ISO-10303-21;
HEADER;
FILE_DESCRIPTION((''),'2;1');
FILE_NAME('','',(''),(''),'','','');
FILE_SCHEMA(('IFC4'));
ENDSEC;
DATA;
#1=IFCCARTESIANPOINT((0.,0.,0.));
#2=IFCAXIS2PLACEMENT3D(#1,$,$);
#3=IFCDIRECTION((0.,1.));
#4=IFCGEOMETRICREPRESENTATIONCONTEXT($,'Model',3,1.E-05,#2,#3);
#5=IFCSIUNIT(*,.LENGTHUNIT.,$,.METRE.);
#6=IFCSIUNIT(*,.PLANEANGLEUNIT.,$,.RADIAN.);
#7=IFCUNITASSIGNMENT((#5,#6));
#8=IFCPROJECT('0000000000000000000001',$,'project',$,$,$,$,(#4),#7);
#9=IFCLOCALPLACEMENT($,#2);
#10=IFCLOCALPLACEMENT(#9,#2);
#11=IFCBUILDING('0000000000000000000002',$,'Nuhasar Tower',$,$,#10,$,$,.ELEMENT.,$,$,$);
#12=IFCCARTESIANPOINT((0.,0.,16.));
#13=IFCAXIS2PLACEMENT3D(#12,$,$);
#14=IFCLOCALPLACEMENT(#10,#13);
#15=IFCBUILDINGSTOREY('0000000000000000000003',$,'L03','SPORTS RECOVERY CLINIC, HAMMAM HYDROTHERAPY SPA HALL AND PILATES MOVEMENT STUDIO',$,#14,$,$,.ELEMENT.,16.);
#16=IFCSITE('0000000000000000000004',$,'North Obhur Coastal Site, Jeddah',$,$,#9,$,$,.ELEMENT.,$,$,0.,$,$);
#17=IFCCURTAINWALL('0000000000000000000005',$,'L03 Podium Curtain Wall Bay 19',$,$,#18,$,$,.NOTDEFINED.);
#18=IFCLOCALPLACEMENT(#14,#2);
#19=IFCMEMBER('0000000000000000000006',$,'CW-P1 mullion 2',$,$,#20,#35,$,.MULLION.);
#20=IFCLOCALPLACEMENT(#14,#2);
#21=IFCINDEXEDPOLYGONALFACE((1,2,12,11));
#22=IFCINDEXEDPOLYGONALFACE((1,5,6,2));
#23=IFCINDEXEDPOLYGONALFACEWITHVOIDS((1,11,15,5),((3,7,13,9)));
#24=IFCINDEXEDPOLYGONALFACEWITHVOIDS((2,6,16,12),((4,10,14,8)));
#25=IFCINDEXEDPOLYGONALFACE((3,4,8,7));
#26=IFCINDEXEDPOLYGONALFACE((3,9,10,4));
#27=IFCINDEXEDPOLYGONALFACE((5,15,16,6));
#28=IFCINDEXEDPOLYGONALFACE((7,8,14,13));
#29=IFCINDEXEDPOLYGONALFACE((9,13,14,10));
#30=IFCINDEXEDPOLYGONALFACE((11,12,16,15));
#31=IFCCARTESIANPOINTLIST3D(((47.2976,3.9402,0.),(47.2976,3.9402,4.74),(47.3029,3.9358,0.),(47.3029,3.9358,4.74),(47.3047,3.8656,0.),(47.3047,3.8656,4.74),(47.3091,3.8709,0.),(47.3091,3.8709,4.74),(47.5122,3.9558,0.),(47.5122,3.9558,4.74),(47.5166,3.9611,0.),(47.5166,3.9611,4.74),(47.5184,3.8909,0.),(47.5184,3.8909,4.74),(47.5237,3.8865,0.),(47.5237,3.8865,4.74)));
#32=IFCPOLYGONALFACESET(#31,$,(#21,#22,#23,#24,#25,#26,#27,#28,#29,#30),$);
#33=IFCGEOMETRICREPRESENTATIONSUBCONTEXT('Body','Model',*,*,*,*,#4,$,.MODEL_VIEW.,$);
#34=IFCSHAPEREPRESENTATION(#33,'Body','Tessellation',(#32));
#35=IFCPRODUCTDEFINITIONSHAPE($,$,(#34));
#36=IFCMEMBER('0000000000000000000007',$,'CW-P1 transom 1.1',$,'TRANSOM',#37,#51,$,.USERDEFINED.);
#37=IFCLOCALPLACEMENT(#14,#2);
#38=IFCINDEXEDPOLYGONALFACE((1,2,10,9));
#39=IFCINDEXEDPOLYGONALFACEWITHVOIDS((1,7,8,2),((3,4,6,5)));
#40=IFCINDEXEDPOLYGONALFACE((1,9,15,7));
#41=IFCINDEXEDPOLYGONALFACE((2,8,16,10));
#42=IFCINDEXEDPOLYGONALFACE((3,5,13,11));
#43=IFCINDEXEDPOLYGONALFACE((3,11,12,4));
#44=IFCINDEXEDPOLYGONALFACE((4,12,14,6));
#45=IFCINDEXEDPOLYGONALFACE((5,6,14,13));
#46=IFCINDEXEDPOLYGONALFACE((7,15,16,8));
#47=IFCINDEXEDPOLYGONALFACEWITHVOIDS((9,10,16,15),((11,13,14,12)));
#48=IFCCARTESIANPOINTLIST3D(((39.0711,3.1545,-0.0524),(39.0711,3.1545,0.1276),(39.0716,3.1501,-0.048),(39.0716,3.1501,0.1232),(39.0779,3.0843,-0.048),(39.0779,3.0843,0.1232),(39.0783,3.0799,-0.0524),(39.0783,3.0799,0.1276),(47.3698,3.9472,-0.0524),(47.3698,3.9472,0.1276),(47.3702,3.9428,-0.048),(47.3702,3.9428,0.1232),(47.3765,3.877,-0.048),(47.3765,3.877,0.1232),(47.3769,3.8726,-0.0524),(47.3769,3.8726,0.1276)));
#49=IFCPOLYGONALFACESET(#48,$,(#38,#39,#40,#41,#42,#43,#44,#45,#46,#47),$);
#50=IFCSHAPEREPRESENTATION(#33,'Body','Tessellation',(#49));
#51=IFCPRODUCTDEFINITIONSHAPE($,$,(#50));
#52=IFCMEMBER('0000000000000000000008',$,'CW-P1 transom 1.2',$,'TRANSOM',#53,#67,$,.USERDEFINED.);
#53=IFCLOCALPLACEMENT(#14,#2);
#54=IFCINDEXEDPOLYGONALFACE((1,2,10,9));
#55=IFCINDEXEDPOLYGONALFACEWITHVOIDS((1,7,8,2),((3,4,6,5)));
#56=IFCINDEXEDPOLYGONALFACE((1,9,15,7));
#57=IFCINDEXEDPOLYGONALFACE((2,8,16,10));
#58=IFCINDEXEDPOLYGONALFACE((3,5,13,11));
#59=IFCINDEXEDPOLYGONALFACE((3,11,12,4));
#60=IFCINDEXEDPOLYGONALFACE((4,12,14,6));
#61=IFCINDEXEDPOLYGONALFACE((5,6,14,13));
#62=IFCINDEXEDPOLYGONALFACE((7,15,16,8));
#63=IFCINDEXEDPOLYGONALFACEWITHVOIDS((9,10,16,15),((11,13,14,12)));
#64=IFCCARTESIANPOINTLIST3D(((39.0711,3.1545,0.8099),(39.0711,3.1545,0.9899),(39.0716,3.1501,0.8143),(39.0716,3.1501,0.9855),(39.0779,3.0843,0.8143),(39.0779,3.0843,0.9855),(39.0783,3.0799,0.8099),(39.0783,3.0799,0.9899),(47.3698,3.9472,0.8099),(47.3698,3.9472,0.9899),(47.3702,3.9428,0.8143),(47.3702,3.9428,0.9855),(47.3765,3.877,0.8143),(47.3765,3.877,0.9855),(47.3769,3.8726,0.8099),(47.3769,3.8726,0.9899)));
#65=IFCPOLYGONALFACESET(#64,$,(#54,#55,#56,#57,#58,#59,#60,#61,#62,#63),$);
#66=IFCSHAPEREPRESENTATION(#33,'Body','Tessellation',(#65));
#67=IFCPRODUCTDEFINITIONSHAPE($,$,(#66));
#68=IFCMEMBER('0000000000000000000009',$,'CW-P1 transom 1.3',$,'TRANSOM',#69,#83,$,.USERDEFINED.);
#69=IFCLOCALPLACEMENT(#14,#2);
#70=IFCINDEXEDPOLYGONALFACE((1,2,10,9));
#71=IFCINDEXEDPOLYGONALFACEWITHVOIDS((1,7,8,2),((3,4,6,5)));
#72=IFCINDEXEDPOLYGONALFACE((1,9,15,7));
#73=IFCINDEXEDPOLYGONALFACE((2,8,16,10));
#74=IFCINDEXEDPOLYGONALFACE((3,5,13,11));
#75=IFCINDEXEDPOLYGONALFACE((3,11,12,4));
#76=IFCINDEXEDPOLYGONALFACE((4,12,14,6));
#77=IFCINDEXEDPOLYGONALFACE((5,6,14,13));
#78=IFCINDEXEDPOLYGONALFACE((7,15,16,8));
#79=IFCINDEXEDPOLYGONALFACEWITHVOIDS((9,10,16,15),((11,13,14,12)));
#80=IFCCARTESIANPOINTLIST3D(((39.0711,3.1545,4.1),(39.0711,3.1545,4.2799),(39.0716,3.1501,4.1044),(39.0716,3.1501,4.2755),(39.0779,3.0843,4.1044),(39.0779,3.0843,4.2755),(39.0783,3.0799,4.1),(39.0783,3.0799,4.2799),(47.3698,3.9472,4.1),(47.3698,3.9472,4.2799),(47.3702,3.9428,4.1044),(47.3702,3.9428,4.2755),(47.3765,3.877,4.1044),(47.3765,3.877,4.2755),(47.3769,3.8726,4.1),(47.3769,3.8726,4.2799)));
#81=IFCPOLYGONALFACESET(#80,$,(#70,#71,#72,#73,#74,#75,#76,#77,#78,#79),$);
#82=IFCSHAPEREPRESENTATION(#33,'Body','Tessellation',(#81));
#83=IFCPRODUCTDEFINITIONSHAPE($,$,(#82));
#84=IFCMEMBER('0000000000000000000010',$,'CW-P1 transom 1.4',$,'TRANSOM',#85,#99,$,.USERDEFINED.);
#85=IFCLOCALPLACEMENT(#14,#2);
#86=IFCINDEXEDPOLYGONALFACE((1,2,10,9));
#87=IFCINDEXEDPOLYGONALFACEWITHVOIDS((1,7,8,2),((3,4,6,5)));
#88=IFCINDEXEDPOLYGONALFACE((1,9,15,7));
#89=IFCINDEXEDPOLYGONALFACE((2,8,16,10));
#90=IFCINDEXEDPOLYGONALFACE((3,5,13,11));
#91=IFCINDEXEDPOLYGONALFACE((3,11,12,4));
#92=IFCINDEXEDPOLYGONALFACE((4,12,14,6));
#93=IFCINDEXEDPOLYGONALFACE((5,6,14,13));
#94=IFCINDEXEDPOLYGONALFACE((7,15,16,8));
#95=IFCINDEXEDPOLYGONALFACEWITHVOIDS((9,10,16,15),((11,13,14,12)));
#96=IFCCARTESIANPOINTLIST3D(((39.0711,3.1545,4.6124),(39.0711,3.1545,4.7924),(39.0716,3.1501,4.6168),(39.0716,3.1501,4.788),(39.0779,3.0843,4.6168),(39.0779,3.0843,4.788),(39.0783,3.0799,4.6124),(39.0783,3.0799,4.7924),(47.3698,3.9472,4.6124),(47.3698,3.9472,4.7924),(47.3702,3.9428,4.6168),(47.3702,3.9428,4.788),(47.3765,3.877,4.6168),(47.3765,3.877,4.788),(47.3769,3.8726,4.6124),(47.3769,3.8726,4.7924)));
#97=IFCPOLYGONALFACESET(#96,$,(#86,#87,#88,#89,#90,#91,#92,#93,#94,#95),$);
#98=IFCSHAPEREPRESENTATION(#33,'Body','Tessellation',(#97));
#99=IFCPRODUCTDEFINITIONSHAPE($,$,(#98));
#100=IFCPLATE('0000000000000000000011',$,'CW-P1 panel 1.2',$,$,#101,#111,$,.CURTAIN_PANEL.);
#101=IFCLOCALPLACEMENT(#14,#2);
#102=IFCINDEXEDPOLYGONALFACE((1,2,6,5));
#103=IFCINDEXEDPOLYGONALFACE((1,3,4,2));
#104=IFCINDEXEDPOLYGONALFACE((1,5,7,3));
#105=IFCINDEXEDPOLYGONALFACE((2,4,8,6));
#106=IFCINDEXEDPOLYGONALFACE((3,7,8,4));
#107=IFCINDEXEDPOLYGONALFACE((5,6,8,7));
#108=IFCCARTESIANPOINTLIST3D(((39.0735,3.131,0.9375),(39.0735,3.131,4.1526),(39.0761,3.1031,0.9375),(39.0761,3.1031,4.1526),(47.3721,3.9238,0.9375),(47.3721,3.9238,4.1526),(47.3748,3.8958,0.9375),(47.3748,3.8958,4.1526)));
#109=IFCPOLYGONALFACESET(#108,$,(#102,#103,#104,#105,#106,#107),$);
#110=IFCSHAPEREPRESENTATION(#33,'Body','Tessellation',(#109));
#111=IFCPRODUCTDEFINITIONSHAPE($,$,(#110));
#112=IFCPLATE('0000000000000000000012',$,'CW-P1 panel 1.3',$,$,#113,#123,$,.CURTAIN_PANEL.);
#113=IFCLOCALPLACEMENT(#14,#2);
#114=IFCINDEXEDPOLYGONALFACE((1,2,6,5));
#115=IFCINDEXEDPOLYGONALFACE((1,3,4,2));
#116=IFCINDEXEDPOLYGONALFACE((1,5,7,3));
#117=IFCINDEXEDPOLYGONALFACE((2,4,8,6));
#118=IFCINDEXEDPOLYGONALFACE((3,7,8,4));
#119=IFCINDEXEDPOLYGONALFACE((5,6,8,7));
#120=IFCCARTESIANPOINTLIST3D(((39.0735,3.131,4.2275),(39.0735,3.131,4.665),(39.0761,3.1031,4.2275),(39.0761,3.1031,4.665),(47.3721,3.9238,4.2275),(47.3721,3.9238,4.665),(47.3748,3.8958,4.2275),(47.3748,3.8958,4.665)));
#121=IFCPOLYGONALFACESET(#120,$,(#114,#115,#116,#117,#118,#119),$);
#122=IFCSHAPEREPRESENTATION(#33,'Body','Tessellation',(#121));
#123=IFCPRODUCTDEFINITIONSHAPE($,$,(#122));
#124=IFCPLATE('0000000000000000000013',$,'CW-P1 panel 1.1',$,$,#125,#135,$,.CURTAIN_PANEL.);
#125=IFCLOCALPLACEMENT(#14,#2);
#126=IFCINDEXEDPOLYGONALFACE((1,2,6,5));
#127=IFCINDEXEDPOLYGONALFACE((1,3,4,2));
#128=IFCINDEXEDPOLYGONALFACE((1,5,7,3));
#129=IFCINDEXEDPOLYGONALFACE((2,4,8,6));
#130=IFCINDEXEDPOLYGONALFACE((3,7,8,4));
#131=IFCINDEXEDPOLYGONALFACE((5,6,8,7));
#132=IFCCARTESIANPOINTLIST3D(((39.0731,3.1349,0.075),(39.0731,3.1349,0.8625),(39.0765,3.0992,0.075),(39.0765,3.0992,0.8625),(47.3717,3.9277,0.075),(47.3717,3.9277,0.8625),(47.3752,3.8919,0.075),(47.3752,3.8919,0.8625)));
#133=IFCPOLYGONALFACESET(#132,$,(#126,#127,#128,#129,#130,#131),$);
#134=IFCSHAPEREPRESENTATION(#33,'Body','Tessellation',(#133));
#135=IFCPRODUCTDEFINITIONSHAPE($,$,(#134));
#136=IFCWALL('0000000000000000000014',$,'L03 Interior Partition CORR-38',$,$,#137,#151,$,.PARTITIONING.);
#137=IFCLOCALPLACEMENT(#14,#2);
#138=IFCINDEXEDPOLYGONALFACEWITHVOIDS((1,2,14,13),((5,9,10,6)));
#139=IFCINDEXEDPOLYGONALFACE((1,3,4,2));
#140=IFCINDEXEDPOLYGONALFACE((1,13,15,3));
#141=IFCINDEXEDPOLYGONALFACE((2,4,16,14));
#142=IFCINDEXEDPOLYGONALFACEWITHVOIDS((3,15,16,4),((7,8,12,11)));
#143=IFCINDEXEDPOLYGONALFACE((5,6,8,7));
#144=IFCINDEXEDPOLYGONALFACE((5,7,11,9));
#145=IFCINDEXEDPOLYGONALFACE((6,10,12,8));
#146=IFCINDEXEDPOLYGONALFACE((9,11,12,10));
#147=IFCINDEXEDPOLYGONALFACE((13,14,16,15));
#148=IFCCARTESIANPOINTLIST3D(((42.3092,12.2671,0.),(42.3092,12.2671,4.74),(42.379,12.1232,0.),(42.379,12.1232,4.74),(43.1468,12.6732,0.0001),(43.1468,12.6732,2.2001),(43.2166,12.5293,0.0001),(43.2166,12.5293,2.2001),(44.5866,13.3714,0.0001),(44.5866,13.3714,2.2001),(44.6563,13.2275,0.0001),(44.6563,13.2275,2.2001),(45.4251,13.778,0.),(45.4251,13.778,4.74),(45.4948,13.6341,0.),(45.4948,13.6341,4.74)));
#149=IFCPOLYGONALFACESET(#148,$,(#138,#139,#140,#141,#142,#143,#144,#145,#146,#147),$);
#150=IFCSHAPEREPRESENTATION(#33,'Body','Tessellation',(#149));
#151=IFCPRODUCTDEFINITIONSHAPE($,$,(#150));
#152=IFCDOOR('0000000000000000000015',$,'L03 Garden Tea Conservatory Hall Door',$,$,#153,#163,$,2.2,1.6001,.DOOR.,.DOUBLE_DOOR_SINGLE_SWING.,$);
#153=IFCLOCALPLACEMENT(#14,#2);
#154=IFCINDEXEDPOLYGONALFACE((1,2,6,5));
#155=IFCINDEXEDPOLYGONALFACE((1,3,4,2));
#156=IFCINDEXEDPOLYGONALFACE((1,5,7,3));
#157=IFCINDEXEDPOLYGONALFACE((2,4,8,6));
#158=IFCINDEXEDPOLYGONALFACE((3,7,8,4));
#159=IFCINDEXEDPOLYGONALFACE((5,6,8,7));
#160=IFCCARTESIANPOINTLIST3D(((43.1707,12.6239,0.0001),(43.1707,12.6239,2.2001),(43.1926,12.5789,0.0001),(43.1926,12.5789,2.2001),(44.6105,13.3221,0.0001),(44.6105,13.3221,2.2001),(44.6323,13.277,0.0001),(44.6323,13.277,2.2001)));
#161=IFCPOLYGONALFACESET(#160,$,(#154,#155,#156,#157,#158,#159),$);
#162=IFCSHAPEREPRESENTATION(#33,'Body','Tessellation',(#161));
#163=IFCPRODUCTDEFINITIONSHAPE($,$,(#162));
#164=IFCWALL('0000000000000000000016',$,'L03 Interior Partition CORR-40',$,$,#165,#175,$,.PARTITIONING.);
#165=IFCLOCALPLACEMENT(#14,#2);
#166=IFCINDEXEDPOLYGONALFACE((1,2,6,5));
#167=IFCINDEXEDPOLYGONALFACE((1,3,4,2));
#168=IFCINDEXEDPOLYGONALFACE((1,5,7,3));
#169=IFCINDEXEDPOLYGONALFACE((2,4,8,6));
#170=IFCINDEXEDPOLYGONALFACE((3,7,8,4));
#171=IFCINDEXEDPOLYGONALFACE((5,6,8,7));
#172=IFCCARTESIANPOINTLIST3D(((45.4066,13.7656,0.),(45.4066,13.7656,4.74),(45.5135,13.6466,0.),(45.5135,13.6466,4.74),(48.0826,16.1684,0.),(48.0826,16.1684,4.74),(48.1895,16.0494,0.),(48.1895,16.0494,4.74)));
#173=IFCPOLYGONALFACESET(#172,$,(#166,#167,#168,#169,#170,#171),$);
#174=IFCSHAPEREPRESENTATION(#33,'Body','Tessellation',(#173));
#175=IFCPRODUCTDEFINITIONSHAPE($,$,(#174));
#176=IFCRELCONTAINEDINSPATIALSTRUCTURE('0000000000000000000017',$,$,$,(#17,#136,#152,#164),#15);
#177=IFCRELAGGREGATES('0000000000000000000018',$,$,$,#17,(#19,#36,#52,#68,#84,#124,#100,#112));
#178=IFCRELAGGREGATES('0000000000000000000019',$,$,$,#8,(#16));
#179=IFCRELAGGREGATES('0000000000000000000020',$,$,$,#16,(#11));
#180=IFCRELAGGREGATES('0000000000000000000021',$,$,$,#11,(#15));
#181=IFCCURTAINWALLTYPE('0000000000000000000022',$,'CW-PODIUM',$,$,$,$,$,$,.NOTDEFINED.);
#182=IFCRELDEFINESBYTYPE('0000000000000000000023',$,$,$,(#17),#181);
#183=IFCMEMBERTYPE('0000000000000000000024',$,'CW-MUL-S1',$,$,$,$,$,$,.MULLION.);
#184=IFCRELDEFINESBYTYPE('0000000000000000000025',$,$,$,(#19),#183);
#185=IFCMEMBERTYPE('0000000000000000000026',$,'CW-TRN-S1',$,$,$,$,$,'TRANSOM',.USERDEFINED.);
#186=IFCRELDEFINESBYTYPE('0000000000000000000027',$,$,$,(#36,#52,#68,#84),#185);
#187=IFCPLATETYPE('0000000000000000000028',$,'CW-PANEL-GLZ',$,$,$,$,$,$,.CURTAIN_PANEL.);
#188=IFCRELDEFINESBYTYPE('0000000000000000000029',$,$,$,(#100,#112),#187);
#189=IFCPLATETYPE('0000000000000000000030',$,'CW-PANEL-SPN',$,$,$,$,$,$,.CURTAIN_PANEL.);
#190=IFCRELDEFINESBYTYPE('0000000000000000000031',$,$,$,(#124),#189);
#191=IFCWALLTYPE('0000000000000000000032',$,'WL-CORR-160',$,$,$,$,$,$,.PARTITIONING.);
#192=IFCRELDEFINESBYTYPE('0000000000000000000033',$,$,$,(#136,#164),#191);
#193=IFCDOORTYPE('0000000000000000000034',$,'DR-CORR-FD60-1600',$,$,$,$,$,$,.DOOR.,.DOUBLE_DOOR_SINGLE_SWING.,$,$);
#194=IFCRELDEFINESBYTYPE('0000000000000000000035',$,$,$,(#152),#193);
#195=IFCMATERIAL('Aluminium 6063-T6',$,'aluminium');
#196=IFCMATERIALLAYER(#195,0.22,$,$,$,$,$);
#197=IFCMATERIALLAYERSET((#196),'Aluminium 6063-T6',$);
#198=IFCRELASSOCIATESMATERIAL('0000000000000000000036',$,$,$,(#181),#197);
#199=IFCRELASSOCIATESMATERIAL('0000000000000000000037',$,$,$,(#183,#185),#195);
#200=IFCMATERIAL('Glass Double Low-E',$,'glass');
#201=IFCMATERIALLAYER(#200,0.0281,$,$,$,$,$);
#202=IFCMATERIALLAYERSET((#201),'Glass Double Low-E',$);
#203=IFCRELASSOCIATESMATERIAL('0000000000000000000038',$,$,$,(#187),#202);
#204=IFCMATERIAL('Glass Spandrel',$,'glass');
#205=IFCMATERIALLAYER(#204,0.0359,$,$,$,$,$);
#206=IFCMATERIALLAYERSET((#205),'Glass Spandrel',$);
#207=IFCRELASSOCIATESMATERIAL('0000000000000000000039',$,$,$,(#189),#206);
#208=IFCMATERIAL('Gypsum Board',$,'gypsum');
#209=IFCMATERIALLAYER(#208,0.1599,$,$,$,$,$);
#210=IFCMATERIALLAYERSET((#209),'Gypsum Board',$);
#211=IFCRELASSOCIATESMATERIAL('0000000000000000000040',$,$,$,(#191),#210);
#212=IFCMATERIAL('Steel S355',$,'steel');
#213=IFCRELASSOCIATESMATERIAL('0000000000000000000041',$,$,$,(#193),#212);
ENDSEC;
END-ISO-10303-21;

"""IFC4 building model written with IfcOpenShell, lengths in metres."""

from ifc_helpers import new_model, si_unit, direction, frame, frame_2d, origin, origin_2d, place, context, subcontext, project, spatial, rectangle, hollow_rectangle, extrude, material, layer, layer_set, material_profile, profile_set, type_object, element, fill, aggregate, save


model = new_model("IFC4")

# Units and contexts
model_context = context("Model", 3, precision=1e-05, world=origin(), true_north=direction((0.0, 1.0)))
body_context = subcontext(model_context, "Body", "Model", "MODEL_VIEW")
ifc_project = project(units=[si_unit("LENGTHUNIT", "METRE"), si_unit("PLANEANGLEUNIT", "RADIAN")], contexts=[model_context])

# Site, building, storey
site_placement = place(None, origin())
site = spatial("IfcSite", under=ifc_project, at=site_placement, Name="North Obhur Coastal Site, Jeddah", CompositionType="ELEMENT", RefElevation=0.0)
building_placement = place(site_placement, origin())
building = spatial("IfcBuilding", under=site, at=building_placement, Name="Nuhasar Tower", CompositionType="ELEMENT")
storey_placement = place(building_placement, frame((0.0, 0.0, 16.0)))
storey = spatial("IfcBuildingStorey", under=building, at=storey_placement, Name="L03", Description="SPORTS RECOVERY CLINIC, HAMMAM HYDROTHERAPY SPA HALL AND PILATES MOVEMENT STUDIO", CompositionType="ELEMENT", Elevation=16.0)

# Shared definitions
ifc_material_1 = material(Name="Steel S355", Category="steel")

# Curtain wall, members, plates
ifc_material_2 = material(Name="Aluminium 6063-T6", Category="aluminium")
ifc_layer_1 = layer(ifc_material_2, 0.22)
ifc_layer_set_1 = layer_set([ifc_layer_1], Name="Aluminium 6063-T6")
curtain_wall_type = type_object("IfcCurtainWallType", Name="CW-PODIUM", PredefinedType="NOTDEFINED", material=ifc_layer_set_1)
curtain_wall_placement = place(storey_placement, origin())
curtain_wall = element("IfcCurtainWall", 1, at=curtain_wall_placement, inside=storey, type_object=curtain_wall_type, Name="L03 Podium Curtain Wall Bay 19", PredefinedType="NOTDEFINED")
ifc_material_profile_1 = material_profile(ifc_material_2, hollow_rectangle(XDim=0.075, YDim=0.22, WallThickness=0.0049, at=origin_2d()), Name="CWM-1")
ifc_profile_set_1 = profile_set([ifc_material_profile_1], Name="Aluminium 6063-T6")
member_type_1 = type_object("IfcMemberType", Name="CW-MUL-S1", PredefinedType="MULLION", material=ifc_profile_set_1)
member_1_placement = place(storey_placement, frame((47.4106, 3.9133, 0.0), z_axis=(0.0, 0.0, 1.0), x_axis=(-0.095093, 0.995468, 0.0)))
member_1 = element("IfcMember", 2, at=member_1_placement, type_object=member_type_1, Name="CW-P1 mullion 2", PredefinedType="MULLION", context=body_context, shape_type="SweptSolid", body=[
    extrude(hollow_rectangle(XDim=0.075, YDim=0.22, WallThickness=0.0049, at=origin_2d()), origin(), (0.0, 0.0, 1.0), 4.74),
])
ifc_material_profile_2 = material_profile(ifc_material_2, hollow_rectangle(XDim=0.075, YDim=0.1799, WallThickness=0.0044, at=origin_2d()), Name="CWT-1")
ifc_profile_set_2 = profile_set([ifc_material_profile_2], Name="Aluminium 6063-T6")
member_type_2 = type_object("IfcMemberType", Name="CW-TRN-S1", ElementType="TRANSOM", PredefinedType="USERDEFINED", material=ifc_profile_set_2)
member_2_placement = place(storey_placement, frame((39.0747, 3.1172, 0.0376), z_axis=(0.995468, 0.095092, 0.0), x_axis=(-0.095092, 0.995468, 0.0)))
member_2 = element("IfcMember", 3, at=member_2_placement, type_object=member_type_2, Name="CW-P1 transom 1.1", ObjectType="TRANSOM", PredefinedType="USERDEFINED", context=body_context, shape_type="SweptSolid", body=[
    extrude(hollow_rectangle(XDim=0.075, YDim=0.1799, WallThickness=0.0044, at=origin_2d()), origin(), (0.0, 0.0, 1.0), 8.3364),
])
member_3_placement = place(storey_placement, frame((39.0747, 3.1172, 0.8999), z_axis=(0.995468, 0.095092, 0.0), x_axis=(-0.095092, 0.995468, 0.0)))
member_3 = element("IfcMember", 4, at=member_3_placement, type_object=member_type_2, Name="CW-P1 transom 1.2", ObjectType="TRANSOM", PredefinedType="USERDEFINED", context=body_context, shape_type="SweptSolid", body=[
    extrude(hollow_rectangle(XDim=0.075, YDim=0.1799, WallThickness=0.0044, at=origin_2d()), origin(), (0.0, 0.0, 1.0), 8.3364),
])
member_4_placement = place(storey_placement, frame((39.0747, 3.1172, 4.1899), z_axis=(0.995468, 0.095092, 0.0), x_axis=(-0.095092, 0.995468, 0.0)))
member_4 = element("IfcMember", 5, at=member_4_placement, type_object=member_type_2, Name="CW-P1 transom 1.3", ObjectType="TRANSOM", PredefinedType="USERDEFINED", context=body_context, shape_type="SweptSolid", body=[
    extrude(hollow_rectangle(XDim=0.075, YDim=0.1799, WallThickness=0.0044, at=origin_2d()), origin(), (0.0, 0.0, 1.0), 8.3364),
])
member_5_placement = place(storey_placement, frame((39.0747, 3.1172, 4.7024), z_axis=(0.995468, 0.095092, 0.0), x_axis=(-0.095092, 0.995468, 0.0)))
member_5 = element("IfcMember", 6, at=member_5_placement, type_object=member_type_2, Name="CW-P1 transom 1.4", ObjectType="TRANSOM", PredefinedType="USERDEFINED", context=body_context, shape_type="SweptSolid", body=[
    extrude(hollow_rectangle(XDim=0.075, YDim=0.1799, WallThickness=0.0044, at=origin_2d()), origin(), (0.0, 0.0, 1.0), 8.3364),
])
ifc_material_3 = material(Name="Glass Double Low-E", Category="glass")
ifc_layer_2 = layer(ifc_material_3, 0.0281)
ifc_layer_set_2 = layer_set([ifc_layer_2], Name="Glass Double Low-E")
plate_type_1 = type_object("IfcPlateType", Name="CW-PANEL-GLZ", PredefinedType="CURTAIN_PANEL", material=ifc_layer_set_2)
plate_1_placement = place(storey_placement, frame((43.2241, 3.5134, 0.9375), z_axis=(0.0, 0.0, 1.0), x_axis=(0.995468, 0.095093, 0.0)))
plate_1 = element("IfcPlate", 7, at=plate_1_placement, type_object=plate_type_1, Name="CW-P1 panel 1.2", PredefinedType="CURTAIN_PANEL", context=body_context, shape_type="SweptSolid", body=[
    extrude(rectangle(XDim=8.3364, YDim=0.0281, at=origin_2d()), origin(), (0.0, 0.0, 1.0), 3.2151),
])
plate_2_placement = place(storey_placement, frame((43.2241, 3.5134, 4.2275), z_axis=(0.0, 0.0, 1.0), x_axis=(0.995468, 0.095093, 0.0)))
plate_2 = element("IfcPlate", 8, at=plate_2_placement, type_object=plate_type_1, Name="CW-P1 panel 1.3", PredefinedType="CURTAIN_PANEL", context=body_context, shape_type="SweptSolid", body=[
    extrude(rectangle(XDim=8.3364, YDim=0.0281, at=origin_2d()), origin(), (0.0, 0.0, 1.0), 0.4375),
])
ifc_material_4 = material(Name="Glass Spandrel", Category="glass")
ifc_layer_3 = layer(ifc_material_4, 0.0359)
ifc_layer_set_3 = layer_set([ifc_layer_3], Name="Glass Spandrel")
plate_type_2 = type_object("IfcPlateType", Name="CW-PANEL-SPN", PredefinedType="CURTAIN_PANEL", material=ifc_layer_set_3)
plate_3_placement = place(storey_placement, frame((43.2241, 3.5134, 0.075), z_axis=(0.0, 0.0, 1.0), x_axis=(0.995468, 0.095093, 0.0)))
plate_3 = element("IfcPlate", 9, at=plate_3_placement, type_object=plate_type_2, Name="CW-P1 panel 1.1", PredefinedType="CURTAIN_PANEL", context=body_context, shape_type="SweptSolid", body=[
    extrude(rectangle(XDim=8.3364, YDim=0.0359, at=origin_2d()), origin(), (0.0, 0.0, 1.0), 0.7876),
])
aggregate(curtain_wall, [member_1, member_2, member_3, member_4, member_5, plate_3, plate_1, plate_2])

# Wall, opening, door
ifc_material_5 = material(Name="Gypsum Board", Category="gypsum")
ifc_layer_4 = layer(ifc_material_5, 0.1599)
ifc_layer_set_4 = layer_set([ifc_layer_4], Name="Gypsum Board")
wall_type_1 = type_object("IfcWallType", Name="WL-CORR-160", PredefinedType="PARTITIONING", material=ifc_layer_set_4)
wall_1_placement = place(storey_placement, frame((45.46, 13.7061, 0.0), z_axis=(0.0, 0.0, 1.0), x_axis=(-0.89979, -0.436324, 0.0)))
wall_1 = element("IfcWall", 10, at=wall_1_placement, inside=storey, type_object=wall_type_1, Name="L03 Interior Partition CORR-38", PredefinedType="PARTITIONING", context=body_context, shape_type="SweptSolid", body=[
    extrude(rectangle(XDim=3.4629, YDim=0.1599, at=frame_2d((1.7314, 0.0))), origin(), (0.0, 0.0, 1.0), 4.74),
])
opening_1_placement = place(wall_1_placement, frame((0.9319, 0.0, 0.0)))
opening_1 = element("IfcOpeningElement", 11, at=opening_1_placement, cuts=wall_1, PredefinedType="OPENING", context=body_context, shape_type="SweptSolid", body=[
    extrude(rectangle(XDim=1.6001, YDim=2.2, at=frame_2d((0.8, 1.1001))), frame((0.0, 0.0898, 0.0), z_axis=(0.0, -1.0, 0.0), x_axis=(1.0, 0.0, 0.0)), (0.0, 0.0, 1.0), 0.1799),
])
door_type_1 = type_object("IfcDoorType", Name="DR-CORR-FD60-1600", OperationType="DOUBLE_DOOR_SINGLE_SWING", PredefinedType="DOOR", material=ifc_material_1)
door_1_placement = place(opening_1_placement, origin())
door_1 = element("IfcDoor", 12, at=door_1_placement, inside=storey, type_object=door_type_1, Name="L03 Garden Tea Conservatory Hall Door", OperationType="DOUBLE_DOOR_SINGLE_SWING", OverallHeight=2.2, OverallWidth=1.6001, PredefinedType="DOOR", context=body_context, shape_type="SweptSolid", body=[
    extrude(rectangle(XDim=1.6001, YDim=2.2, at=frame_2d((0.8, 1.1001))), frame((0.0, 0.0249, 0.0), z_axis=(0.0, -1.0, 0.0), x_axis=(1.0, 0.0, 0.0)), (0.0, 0.0, 1.0), 0.05),
])
fill(opening_1, door_1)

# Wall
wall_2_placement = place(storey_placement, frame((45.46, 13.7061, 0.0), z_axis=(0.0, 0.0, 1.0), x_axis=(0.744067, 0.668105, 0.0)))
element("IfcWall", 13, at=wall_2_placement, inside=storey, type_object=wall_type_1, Name="L03 Interior Partition CORR-40", PredefinedType="PARTITIONING", context=body_context, shape_type="SweptSolid", body=[
    extrude(rectangle(XDim=3.5964, YDim=0.1599, at=frame_2d((1.7983, 0.0))), origin(), (0.0, 0.0, 1.0), 4.74),
])

save(model, "model.ifc")
